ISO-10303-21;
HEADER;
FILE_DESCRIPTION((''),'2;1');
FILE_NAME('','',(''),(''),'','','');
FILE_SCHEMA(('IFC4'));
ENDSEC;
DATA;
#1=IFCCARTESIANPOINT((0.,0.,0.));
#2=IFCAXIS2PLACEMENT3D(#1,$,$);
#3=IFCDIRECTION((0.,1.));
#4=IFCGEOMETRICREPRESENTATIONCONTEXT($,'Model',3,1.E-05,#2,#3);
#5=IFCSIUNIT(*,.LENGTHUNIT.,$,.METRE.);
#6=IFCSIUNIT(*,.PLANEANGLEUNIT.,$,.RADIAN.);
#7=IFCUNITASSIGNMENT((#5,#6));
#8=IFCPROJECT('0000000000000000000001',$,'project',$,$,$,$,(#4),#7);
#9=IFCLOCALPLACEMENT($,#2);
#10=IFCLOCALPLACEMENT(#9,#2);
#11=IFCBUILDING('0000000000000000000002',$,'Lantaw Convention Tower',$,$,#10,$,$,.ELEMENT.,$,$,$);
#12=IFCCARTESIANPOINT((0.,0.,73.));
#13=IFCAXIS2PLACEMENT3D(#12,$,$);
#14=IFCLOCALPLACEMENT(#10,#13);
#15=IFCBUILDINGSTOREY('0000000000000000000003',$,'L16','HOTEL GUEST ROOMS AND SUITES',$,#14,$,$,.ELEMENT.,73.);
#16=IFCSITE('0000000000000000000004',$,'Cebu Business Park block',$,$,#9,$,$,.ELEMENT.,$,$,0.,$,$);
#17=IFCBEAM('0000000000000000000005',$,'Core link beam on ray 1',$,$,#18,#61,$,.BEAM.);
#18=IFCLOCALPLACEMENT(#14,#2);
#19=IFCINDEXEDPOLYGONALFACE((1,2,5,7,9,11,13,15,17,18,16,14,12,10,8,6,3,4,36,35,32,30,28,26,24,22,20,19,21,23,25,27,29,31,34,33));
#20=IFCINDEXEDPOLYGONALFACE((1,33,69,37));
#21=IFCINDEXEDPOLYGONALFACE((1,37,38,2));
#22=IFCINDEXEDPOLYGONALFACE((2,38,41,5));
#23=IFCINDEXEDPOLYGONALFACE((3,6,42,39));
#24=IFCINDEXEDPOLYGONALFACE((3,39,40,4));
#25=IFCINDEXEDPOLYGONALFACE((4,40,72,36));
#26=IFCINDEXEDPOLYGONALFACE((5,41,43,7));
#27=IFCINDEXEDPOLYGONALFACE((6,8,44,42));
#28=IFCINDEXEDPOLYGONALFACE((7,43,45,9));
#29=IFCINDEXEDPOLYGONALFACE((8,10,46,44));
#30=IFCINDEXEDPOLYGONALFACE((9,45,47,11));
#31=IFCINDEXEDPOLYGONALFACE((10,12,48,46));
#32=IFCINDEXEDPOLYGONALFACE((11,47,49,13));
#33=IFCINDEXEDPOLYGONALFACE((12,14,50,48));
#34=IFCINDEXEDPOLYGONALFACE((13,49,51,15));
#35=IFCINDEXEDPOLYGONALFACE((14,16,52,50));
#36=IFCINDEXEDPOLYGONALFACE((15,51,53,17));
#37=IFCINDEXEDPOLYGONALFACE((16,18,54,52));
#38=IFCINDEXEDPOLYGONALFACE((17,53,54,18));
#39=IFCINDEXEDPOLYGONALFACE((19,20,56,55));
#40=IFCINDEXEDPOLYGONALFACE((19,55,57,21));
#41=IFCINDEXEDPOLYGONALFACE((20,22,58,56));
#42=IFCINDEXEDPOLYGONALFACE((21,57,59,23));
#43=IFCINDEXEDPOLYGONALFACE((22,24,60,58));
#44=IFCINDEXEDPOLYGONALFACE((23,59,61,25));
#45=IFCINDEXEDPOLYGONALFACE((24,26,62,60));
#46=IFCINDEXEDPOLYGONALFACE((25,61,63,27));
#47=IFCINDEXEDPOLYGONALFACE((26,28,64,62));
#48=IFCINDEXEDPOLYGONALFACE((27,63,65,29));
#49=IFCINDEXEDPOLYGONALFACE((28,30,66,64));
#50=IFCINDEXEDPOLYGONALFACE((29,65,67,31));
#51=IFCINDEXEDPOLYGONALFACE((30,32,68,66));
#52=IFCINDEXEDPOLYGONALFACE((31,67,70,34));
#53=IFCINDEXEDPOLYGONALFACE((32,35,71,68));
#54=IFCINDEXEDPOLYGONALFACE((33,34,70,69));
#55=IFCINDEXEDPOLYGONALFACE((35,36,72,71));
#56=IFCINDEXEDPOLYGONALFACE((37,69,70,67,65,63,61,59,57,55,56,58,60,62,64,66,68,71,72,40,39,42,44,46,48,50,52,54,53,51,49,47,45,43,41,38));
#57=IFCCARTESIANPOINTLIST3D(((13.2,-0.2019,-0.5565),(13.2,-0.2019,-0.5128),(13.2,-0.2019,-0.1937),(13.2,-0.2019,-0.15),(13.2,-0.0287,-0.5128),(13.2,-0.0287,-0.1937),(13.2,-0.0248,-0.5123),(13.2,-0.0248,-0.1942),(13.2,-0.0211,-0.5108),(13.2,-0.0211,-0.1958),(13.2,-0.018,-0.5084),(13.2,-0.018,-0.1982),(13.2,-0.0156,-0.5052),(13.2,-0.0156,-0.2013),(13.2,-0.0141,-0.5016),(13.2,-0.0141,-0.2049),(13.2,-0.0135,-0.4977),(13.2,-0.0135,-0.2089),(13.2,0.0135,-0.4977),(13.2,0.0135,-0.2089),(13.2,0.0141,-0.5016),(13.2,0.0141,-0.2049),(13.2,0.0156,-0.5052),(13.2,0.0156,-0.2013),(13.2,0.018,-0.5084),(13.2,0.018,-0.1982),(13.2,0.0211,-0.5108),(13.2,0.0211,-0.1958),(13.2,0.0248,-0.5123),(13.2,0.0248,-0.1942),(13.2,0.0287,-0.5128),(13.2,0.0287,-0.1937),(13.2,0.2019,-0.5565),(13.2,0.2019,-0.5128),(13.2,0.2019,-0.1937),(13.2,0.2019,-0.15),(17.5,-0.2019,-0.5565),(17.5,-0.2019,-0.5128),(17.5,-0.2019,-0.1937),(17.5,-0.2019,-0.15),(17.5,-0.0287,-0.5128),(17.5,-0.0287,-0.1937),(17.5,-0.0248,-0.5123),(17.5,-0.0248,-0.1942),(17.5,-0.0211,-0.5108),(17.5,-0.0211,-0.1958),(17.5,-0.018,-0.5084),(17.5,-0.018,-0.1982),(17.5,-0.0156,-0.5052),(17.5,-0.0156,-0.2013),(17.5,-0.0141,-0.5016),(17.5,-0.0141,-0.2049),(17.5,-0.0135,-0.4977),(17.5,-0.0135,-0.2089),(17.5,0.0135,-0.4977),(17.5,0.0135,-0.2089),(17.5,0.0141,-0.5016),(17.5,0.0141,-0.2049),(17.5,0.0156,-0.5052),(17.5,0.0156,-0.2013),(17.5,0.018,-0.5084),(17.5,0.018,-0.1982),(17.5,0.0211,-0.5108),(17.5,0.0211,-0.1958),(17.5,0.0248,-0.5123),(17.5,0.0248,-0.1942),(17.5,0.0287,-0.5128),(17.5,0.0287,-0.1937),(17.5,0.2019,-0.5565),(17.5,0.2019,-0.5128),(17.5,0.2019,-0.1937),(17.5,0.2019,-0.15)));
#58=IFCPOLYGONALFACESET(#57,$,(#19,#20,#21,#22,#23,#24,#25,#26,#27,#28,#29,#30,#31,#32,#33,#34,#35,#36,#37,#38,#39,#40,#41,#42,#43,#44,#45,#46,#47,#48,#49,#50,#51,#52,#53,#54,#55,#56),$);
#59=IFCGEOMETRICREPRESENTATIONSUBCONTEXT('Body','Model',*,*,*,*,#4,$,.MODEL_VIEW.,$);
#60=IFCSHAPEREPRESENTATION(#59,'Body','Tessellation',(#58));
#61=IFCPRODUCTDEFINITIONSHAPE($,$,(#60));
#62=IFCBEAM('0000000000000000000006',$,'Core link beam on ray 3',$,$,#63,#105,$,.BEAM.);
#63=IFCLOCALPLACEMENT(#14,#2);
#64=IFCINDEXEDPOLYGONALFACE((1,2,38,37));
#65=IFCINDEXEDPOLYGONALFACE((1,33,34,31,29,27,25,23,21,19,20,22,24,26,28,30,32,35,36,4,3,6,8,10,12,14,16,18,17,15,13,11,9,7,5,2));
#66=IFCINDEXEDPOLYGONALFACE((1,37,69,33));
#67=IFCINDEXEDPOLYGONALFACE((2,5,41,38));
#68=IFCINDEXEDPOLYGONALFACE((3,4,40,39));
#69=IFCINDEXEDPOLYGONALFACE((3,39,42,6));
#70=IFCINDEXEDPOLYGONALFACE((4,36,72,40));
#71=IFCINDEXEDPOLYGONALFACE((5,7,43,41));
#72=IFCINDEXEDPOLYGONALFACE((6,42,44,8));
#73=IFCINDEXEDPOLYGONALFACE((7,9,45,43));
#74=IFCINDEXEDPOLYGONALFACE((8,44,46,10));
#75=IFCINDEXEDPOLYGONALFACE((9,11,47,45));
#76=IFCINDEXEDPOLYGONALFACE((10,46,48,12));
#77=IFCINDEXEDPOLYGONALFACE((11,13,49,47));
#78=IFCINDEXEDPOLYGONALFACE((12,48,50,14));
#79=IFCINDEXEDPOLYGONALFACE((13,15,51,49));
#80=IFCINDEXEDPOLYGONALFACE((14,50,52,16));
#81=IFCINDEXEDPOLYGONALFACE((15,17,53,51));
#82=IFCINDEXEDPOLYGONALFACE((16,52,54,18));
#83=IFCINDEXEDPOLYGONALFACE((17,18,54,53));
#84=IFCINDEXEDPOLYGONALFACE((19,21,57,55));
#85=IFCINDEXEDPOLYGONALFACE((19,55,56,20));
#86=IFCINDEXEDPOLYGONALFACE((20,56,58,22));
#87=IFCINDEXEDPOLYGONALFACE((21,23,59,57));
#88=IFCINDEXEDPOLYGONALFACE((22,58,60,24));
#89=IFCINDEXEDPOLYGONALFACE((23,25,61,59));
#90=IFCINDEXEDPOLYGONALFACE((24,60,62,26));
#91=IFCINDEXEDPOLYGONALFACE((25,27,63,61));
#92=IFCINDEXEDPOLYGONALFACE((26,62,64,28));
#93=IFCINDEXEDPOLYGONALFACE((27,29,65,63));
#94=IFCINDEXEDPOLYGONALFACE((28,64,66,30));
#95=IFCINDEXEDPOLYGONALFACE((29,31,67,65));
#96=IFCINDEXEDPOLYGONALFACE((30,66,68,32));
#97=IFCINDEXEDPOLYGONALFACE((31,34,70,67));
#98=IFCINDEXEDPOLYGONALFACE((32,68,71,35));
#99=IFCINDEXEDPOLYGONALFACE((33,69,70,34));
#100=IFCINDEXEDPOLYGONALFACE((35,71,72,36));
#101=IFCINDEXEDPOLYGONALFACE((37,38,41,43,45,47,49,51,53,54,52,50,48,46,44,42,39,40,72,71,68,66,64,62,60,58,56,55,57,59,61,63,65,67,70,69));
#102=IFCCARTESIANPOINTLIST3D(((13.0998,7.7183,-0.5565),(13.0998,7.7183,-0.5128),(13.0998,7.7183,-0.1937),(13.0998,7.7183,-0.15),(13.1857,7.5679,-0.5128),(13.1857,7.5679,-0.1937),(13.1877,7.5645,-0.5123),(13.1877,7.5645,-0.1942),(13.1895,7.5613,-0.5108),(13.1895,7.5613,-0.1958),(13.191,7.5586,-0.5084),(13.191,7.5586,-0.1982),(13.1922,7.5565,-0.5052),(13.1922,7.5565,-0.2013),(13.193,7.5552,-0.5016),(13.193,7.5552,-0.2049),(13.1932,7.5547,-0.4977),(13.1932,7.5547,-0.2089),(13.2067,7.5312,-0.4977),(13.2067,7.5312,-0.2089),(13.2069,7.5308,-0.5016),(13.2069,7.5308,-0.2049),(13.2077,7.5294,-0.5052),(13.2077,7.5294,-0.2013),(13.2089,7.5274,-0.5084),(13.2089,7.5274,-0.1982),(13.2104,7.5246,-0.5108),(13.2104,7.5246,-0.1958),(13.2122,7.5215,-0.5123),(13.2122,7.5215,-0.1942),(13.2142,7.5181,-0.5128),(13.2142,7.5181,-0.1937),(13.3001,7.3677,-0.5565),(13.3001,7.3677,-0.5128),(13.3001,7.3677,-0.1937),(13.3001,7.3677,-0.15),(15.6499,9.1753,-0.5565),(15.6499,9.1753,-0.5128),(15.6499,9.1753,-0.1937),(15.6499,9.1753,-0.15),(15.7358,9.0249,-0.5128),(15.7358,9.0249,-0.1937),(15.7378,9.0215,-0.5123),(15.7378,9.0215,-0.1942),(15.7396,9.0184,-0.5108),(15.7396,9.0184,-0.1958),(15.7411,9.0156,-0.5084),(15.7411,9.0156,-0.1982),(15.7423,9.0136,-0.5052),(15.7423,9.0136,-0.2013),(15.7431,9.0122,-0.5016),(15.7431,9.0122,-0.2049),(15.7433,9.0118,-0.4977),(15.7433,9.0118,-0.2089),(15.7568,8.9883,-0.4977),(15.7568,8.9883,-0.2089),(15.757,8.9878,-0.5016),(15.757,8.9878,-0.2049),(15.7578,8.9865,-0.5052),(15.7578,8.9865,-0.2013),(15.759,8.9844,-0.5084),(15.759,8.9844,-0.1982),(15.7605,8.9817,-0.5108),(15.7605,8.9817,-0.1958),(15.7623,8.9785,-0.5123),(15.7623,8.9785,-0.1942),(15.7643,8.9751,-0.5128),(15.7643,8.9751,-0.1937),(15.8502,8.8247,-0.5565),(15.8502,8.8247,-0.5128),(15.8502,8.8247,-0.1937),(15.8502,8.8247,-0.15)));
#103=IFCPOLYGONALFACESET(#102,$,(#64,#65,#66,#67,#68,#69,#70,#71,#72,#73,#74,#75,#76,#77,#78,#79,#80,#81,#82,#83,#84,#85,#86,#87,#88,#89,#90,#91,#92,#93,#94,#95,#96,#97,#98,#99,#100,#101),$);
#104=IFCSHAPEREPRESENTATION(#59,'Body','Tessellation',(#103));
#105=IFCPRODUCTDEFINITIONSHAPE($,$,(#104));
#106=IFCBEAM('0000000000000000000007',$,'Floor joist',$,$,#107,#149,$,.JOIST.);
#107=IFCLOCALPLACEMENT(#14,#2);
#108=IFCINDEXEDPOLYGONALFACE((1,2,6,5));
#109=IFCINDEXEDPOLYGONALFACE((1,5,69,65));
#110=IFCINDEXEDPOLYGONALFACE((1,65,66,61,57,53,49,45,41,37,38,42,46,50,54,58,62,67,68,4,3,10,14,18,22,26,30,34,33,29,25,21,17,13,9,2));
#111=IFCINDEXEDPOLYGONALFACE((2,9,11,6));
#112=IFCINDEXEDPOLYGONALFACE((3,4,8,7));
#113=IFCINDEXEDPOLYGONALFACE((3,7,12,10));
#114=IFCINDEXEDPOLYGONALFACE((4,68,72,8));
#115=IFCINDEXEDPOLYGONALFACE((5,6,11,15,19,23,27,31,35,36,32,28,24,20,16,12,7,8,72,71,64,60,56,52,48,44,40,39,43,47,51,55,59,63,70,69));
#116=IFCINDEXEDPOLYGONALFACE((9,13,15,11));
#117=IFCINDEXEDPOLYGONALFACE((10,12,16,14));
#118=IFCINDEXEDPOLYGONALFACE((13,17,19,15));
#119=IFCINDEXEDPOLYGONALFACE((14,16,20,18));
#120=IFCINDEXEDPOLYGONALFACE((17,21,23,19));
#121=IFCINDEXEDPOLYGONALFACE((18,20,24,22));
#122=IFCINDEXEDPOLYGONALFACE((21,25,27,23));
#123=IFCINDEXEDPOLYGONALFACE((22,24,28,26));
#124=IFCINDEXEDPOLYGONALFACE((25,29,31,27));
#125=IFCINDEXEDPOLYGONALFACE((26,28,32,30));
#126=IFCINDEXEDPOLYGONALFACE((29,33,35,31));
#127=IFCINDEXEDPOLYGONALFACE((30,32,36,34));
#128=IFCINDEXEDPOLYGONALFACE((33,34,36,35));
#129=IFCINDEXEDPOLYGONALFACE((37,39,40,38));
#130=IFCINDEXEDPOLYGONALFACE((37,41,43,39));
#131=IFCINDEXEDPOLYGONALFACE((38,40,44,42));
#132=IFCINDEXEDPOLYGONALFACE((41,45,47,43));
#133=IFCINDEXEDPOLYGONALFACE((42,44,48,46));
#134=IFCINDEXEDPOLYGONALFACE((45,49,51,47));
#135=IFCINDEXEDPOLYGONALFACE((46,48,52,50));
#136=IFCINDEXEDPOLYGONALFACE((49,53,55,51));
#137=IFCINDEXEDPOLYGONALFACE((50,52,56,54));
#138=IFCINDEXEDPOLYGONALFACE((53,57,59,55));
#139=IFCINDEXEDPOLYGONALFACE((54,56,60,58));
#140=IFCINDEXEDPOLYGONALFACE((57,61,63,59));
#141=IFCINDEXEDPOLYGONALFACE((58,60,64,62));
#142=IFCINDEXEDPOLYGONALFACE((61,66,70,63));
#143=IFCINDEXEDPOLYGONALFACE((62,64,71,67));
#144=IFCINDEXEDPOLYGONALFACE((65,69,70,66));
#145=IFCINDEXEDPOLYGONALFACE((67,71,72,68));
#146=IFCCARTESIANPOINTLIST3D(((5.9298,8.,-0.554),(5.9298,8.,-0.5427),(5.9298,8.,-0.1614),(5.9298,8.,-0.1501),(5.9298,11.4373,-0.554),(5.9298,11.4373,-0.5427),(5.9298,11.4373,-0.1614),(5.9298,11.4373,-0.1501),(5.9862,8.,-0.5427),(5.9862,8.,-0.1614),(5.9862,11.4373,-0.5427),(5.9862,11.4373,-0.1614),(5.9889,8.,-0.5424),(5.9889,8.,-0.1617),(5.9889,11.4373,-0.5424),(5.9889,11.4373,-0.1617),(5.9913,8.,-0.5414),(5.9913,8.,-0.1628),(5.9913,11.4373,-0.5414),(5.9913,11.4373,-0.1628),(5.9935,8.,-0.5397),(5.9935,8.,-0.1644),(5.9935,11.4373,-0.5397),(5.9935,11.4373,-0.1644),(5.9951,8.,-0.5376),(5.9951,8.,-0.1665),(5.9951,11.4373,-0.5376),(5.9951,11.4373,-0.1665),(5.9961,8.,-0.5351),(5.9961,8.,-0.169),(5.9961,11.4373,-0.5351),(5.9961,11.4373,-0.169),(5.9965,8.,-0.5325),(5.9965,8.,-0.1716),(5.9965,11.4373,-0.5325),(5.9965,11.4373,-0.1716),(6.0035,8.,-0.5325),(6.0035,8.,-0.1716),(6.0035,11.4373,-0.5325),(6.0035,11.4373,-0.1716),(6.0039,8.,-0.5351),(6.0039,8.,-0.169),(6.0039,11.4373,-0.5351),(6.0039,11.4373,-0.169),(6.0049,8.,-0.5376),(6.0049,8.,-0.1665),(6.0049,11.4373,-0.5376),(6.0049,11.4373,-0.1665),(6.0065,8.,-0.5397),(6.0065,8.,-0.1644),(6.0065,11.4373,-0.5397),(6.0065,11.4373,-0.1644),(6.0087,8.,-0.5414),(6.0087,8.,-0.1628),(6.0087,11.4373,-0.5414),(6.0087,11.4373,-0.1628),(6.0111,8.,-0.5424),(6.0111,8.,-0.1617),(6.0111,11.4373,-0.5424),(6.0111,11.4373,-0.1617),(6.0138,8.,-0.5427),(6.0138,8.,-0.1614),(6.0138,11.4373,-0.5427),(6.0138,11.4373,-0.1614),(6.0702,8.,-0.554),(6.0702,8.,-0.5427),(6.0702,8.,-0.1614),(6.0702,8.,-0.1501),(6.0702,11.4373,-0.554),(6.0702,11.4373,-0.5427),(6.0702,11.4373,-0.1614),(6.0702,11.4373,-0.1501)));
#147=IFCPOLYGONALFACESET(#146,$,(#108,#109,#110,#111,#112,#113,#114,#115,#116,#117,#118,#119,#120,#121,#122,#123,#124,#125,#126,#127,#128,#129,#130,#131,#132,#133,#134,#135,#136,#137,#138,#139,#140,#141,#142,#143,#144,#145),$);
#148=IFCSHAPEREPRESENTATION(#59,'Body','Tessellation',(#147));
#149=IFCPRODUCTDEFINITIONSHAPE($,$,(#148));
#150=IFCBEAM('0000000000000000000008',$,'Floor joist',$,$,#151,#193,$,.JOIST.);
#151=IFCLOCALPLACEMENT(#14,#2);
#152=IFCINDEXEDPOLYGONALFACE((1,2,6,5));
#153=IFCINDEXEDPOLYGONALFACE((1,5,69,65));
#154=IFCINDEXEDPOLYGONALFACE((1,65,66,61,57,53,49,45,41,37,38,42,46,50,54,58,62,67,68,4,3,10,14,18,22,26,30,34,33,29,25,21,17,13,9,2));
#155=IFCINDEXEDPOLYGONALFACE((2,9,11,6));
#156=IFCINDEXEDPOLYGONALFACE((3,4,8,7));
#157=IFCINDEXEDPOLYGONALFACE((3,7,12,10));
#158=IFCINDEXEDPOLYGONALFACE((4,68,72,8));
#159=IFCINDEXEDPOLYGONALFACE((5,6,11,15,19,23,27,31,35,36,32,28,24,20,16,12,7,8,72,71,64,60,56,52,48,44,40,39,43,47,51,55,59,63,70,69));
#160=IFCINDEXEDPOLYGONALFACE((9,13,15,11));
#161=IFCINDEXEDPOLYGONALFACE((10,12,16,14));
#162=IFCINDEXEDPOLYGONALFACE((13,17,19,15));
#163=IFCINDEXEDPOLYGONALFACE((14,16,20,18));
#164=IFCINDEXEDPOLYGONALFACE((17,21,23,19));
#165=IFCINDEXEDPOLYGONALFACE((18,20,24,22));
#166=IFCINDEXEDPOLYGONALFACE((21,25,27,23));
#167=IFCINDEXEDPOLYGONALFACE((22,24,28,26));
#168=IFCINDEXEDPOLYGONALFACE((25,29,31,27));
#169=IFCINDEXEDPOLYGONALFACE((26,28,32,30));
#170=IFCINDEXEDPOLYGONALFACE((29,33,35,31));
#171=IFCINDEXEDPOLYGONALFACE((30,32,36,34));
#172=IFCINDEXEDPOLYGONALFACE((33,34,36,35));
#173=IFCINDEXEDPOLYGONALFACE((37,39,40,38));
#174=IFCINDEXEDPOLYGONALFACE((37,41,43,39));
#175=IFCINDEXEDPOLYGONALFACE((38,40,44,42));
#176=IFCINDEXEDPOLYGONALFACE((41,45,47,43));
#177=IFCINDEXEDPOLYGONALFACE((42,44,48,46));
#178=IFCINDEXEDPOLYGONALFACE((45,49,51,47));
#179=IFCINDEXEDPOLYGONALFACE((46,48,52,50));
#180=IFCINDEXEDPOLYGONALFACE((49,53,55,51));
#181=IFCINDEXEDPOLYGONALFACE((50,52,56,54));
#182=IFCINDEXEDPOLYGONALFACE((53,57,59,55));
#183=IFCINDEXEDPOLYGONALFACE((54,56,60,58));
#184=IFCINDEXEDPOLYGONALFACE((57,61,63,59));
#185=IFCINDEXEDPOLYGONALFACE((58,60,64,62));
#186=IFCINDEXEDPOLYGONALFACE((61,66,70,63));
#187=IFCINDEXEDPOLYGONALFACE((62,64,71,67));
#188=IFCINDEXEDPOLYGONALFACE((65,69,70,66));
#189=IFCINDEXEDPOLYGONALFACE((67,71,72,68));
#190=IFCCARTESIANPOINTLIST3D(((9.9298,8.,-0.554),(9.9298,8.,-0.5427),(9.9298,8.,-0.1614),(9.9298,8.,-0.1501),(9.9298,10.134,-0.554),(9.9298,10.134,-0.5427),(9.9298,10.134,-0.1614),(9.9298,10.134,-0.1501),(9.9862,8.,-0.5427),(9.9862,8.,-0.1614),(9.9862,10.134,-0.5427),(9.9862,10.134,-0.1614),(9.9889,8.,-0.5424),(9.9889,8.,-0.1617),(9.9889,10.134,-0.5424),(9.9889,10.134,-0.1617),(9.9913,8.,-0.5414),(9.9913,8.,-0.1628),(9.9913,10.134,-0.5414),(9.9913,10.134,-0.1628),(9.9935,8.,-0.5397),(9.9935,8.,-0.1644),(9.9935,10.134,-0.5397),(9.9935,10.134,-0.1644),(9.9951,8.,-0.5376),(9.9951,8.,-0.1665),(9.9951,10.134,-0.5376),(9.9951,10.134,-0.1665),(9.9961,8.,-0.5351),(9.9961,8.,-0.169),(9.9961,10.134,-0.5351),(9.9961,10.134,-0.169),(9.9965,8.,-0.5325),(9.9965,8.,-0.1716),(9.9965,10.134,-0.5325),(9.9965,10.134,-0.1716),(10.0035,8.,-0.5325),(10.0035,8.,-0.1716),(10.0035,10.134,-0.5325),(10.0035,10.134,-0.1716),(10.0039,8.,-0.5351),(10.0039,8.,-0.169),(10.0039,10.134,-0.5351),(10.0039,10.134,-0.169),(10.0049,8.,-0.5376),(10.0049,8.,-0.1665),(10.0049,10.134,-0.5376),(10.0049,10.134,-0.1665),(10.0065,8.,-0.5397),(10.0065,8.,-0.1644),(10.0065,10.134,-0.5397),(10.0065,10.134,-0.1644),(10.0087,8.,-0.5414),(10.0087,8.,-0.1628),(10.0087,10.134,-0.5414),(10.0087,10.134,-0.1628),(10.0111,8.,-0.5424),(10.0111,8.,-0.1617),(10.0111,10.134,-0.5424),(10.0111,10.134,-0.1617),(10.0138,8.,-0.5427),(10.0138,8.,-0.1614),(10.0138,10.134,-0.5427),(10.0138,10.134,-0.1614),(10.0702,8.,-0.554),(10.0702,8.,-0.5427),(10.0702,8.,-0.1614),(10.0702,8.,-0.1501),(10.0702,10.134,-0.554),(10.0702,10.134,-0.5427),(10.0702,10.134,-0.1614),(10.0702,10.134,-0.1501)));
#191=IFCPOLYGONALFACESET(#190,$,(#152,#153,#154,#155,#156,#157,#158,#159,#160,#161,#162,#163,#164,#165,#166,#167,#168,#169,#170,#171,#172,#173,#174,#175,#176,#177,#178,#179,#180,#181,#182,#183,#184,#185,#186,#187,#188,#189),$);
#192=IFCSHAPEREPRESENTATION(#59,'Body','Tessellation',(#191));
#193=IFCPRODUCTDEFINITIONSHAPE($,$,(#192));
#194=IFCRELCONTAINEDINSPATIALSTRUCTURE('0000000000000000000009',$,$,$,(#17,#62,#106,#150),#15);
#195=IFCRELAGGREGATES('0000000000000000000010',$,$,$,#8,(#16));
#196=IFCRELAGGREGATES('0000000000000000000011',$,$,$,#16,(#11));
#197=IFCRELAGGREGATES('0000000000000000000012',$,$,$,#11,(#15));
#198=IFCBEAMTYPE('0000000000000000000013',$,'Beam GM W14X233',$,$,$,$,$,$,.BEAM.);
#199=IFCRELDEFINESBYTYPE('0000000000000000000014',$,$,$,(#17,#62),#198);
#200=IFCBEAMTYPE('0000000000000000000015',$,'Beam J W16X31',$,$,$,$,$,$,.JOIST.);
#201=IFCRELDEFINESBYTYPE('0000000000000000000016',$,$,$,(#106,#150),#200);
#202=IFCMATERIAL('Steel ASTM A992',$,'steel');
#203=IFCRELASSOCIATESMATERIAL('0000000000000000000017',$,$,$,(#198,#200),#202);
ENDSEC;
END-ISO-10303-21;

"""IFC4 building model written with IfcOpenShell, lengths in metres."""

from ifc_helpers import new_model, si_unit, direction, frame, origin, origin_2d, place, context, subcontext, project, spatial, i_section, extrude, material, material_profile, profile_set, type_object, element, save


model = new_model("IFC4")

# Units and contexts
model_context = context("Model", 3, precision=1e-05, world=origin(), true_north=direction((0.0, 1.0)))
body_context = subcontext(model_context, "Body", "Model", "MODEL_VIEW")
ifc_project = project(units=[si_unit("LENGTHUNIT", "METRE"), si_unit("PLANEANGLEUNIT", "RADIAN")], contexts=[model_context])

# Site, building, storey
site_placement = place(None, origin())
site = spatial("IfcSite", under=ifc_project, at=site_placement, Name="Cebu Business Park block", CompositionType="ELEMENT", RefElevation=0.0)
building_placement = place(site_placement, origin())
building = spatial("IfcBuilding", under=site, at=building_placement, Name="Lantaw Convention Tower", CompositionType="ELEMENT")
storey_placement = place(building_placement, frame((0.0, 0.0, 73.0)))
storey = spatial("IfcBuildingStorey", under=building, at=storey_placement, Name="L16", Description="HOTEL GUEST ROOMS AND SUITES", CompositionType="ELEMENT", Elevation=73.0)

# Beams
ifc_material_1 = material(Name="Steel ASTM A992", Category="steel")
ifc_material_profile_1 = material_profile(ifc_material_1, i_section(OverallWidth=0.4038, OverallDepth=0.4065, WebThickness=0.0271, FlangeThickness=0.0437, FilletRadius=0.0151, at=origin_2d()), Name="W14X233")
ifc_profile_set_1 = profile_set([ifc_material_profile_1], Name="Steel ASTM A992")
beam_type_1 = type_object("IfcBeamType", Name="Beam GM W14X233", PredefinedType="BEAM", material=ifc_profile_set_1)
beam_1_placement = place(storey_placement, frame((13.2, 0.0, -0.3533), z_axis=(1.0, 0.0, 0.0), x_axis=(0.0, 1.0, 0.0)))
element("IfcBeam", 1, at=beam_1_placement, inside=storey, type_object=beam_type_1, Name="Core link beam on ray 1", PredefinedType="BEAM", context=body_context, shape_type="SweptSolid", body=[
    extrude(i_section(OverallWidth=0.4038, OverallDepth=0.4065, WebThickness=0.0271, FlangeThickness=0.0437, FilletRadius=0.0151, at=origin_2d()), origin(), (0.0, 0.0, 1.0), 4.3),
])
beam_2_placement = place(storey_placement, frame((13.2, 7.543, -0.3533), z_axis=(0.868264, 0.496103, 0.0), x_axis=(-0.496103, 0.868264, 0.0)))
element("IfcBeam", 2, at=beam_2_placement, inside=storey, type_object=beam_type_1, Name="Core link beam on ray 3", PredefinedType="BEAM", context=body_context, shape_type="SweptSolid", body=[
    extrude(i_section(OverallWidth=0.4038, OverallDepth=0.4065, WebThickness=0.0271, FlangeThickness=0.0437, FilletRadius=0.0151, at=origin_2d()), origin(), (0.0, 0.0, 1.0), 2.937),
])
ifc_material_profile_2 = material_profile(ifc_material_1, i_section(OverallWidth=0.1404, OverallDepth=0.4038, WebThickness=0.0071, FlangeThickness=0.0112, FilletRadius=0.0103, at=origin_2d()), Name="W16X31")
ifc_profile_set_2 = profile_set([ifc_material_profile_2], Name="Steel ASTM A992")
beam_type_2 = type_object("IfcBeamType", Name="Beam J W16X31", PredefinedType="JOIST", material=ifc_profile_set_2)
beam_3_placement = place(storey_placement, frame((6.0, 8.0, -0.3521), z_axis=(0.0, 1.0, 0.0), x_axis=(-1.0, 0.0, 0.0)))
element("IfcBeam", 3, at=beam_3_placement, inside=storey, type_object=beam_type_2, Name="Floor joist", PredefinedType="JOIST", context=body_context, shape_type="SweptSolid", body=[
    extrude(i_section(OverallWidth=0.1404, OverallDepth=0.4038, WebThickness=0.0071, FlangeThickness=0.0112, FilletRadius=0.0103, at=origin_2d()), origin(), (0.0, 0.0, 1.0), 3.4373),
])
beam_4_placement = place(storey_placement, frame((10.0, 8.0, -0.3521), z_axis=(0.0, 1.0, 0.0), x_axis=(-1.0, 0.0, 0.0)))
element("IfcBeam", 4, at=beam_4_placement, inside=storey, type_object=beam_type_2, Name="Floor joist", PredefinedType="JOIST", context=body_context, shape_type="SweptSolid", body=[
    extrude(i_section(OverallWidth=0.1404, OverallDepth=0.4038, WebThickness=0.0071, FlangeThickness=0.0112, FilletRadius=0.0103, at=origin_2d()), origin(), (0.0, 0.0, 1.0), 2.134),
])

save(model, "model.ifc")
